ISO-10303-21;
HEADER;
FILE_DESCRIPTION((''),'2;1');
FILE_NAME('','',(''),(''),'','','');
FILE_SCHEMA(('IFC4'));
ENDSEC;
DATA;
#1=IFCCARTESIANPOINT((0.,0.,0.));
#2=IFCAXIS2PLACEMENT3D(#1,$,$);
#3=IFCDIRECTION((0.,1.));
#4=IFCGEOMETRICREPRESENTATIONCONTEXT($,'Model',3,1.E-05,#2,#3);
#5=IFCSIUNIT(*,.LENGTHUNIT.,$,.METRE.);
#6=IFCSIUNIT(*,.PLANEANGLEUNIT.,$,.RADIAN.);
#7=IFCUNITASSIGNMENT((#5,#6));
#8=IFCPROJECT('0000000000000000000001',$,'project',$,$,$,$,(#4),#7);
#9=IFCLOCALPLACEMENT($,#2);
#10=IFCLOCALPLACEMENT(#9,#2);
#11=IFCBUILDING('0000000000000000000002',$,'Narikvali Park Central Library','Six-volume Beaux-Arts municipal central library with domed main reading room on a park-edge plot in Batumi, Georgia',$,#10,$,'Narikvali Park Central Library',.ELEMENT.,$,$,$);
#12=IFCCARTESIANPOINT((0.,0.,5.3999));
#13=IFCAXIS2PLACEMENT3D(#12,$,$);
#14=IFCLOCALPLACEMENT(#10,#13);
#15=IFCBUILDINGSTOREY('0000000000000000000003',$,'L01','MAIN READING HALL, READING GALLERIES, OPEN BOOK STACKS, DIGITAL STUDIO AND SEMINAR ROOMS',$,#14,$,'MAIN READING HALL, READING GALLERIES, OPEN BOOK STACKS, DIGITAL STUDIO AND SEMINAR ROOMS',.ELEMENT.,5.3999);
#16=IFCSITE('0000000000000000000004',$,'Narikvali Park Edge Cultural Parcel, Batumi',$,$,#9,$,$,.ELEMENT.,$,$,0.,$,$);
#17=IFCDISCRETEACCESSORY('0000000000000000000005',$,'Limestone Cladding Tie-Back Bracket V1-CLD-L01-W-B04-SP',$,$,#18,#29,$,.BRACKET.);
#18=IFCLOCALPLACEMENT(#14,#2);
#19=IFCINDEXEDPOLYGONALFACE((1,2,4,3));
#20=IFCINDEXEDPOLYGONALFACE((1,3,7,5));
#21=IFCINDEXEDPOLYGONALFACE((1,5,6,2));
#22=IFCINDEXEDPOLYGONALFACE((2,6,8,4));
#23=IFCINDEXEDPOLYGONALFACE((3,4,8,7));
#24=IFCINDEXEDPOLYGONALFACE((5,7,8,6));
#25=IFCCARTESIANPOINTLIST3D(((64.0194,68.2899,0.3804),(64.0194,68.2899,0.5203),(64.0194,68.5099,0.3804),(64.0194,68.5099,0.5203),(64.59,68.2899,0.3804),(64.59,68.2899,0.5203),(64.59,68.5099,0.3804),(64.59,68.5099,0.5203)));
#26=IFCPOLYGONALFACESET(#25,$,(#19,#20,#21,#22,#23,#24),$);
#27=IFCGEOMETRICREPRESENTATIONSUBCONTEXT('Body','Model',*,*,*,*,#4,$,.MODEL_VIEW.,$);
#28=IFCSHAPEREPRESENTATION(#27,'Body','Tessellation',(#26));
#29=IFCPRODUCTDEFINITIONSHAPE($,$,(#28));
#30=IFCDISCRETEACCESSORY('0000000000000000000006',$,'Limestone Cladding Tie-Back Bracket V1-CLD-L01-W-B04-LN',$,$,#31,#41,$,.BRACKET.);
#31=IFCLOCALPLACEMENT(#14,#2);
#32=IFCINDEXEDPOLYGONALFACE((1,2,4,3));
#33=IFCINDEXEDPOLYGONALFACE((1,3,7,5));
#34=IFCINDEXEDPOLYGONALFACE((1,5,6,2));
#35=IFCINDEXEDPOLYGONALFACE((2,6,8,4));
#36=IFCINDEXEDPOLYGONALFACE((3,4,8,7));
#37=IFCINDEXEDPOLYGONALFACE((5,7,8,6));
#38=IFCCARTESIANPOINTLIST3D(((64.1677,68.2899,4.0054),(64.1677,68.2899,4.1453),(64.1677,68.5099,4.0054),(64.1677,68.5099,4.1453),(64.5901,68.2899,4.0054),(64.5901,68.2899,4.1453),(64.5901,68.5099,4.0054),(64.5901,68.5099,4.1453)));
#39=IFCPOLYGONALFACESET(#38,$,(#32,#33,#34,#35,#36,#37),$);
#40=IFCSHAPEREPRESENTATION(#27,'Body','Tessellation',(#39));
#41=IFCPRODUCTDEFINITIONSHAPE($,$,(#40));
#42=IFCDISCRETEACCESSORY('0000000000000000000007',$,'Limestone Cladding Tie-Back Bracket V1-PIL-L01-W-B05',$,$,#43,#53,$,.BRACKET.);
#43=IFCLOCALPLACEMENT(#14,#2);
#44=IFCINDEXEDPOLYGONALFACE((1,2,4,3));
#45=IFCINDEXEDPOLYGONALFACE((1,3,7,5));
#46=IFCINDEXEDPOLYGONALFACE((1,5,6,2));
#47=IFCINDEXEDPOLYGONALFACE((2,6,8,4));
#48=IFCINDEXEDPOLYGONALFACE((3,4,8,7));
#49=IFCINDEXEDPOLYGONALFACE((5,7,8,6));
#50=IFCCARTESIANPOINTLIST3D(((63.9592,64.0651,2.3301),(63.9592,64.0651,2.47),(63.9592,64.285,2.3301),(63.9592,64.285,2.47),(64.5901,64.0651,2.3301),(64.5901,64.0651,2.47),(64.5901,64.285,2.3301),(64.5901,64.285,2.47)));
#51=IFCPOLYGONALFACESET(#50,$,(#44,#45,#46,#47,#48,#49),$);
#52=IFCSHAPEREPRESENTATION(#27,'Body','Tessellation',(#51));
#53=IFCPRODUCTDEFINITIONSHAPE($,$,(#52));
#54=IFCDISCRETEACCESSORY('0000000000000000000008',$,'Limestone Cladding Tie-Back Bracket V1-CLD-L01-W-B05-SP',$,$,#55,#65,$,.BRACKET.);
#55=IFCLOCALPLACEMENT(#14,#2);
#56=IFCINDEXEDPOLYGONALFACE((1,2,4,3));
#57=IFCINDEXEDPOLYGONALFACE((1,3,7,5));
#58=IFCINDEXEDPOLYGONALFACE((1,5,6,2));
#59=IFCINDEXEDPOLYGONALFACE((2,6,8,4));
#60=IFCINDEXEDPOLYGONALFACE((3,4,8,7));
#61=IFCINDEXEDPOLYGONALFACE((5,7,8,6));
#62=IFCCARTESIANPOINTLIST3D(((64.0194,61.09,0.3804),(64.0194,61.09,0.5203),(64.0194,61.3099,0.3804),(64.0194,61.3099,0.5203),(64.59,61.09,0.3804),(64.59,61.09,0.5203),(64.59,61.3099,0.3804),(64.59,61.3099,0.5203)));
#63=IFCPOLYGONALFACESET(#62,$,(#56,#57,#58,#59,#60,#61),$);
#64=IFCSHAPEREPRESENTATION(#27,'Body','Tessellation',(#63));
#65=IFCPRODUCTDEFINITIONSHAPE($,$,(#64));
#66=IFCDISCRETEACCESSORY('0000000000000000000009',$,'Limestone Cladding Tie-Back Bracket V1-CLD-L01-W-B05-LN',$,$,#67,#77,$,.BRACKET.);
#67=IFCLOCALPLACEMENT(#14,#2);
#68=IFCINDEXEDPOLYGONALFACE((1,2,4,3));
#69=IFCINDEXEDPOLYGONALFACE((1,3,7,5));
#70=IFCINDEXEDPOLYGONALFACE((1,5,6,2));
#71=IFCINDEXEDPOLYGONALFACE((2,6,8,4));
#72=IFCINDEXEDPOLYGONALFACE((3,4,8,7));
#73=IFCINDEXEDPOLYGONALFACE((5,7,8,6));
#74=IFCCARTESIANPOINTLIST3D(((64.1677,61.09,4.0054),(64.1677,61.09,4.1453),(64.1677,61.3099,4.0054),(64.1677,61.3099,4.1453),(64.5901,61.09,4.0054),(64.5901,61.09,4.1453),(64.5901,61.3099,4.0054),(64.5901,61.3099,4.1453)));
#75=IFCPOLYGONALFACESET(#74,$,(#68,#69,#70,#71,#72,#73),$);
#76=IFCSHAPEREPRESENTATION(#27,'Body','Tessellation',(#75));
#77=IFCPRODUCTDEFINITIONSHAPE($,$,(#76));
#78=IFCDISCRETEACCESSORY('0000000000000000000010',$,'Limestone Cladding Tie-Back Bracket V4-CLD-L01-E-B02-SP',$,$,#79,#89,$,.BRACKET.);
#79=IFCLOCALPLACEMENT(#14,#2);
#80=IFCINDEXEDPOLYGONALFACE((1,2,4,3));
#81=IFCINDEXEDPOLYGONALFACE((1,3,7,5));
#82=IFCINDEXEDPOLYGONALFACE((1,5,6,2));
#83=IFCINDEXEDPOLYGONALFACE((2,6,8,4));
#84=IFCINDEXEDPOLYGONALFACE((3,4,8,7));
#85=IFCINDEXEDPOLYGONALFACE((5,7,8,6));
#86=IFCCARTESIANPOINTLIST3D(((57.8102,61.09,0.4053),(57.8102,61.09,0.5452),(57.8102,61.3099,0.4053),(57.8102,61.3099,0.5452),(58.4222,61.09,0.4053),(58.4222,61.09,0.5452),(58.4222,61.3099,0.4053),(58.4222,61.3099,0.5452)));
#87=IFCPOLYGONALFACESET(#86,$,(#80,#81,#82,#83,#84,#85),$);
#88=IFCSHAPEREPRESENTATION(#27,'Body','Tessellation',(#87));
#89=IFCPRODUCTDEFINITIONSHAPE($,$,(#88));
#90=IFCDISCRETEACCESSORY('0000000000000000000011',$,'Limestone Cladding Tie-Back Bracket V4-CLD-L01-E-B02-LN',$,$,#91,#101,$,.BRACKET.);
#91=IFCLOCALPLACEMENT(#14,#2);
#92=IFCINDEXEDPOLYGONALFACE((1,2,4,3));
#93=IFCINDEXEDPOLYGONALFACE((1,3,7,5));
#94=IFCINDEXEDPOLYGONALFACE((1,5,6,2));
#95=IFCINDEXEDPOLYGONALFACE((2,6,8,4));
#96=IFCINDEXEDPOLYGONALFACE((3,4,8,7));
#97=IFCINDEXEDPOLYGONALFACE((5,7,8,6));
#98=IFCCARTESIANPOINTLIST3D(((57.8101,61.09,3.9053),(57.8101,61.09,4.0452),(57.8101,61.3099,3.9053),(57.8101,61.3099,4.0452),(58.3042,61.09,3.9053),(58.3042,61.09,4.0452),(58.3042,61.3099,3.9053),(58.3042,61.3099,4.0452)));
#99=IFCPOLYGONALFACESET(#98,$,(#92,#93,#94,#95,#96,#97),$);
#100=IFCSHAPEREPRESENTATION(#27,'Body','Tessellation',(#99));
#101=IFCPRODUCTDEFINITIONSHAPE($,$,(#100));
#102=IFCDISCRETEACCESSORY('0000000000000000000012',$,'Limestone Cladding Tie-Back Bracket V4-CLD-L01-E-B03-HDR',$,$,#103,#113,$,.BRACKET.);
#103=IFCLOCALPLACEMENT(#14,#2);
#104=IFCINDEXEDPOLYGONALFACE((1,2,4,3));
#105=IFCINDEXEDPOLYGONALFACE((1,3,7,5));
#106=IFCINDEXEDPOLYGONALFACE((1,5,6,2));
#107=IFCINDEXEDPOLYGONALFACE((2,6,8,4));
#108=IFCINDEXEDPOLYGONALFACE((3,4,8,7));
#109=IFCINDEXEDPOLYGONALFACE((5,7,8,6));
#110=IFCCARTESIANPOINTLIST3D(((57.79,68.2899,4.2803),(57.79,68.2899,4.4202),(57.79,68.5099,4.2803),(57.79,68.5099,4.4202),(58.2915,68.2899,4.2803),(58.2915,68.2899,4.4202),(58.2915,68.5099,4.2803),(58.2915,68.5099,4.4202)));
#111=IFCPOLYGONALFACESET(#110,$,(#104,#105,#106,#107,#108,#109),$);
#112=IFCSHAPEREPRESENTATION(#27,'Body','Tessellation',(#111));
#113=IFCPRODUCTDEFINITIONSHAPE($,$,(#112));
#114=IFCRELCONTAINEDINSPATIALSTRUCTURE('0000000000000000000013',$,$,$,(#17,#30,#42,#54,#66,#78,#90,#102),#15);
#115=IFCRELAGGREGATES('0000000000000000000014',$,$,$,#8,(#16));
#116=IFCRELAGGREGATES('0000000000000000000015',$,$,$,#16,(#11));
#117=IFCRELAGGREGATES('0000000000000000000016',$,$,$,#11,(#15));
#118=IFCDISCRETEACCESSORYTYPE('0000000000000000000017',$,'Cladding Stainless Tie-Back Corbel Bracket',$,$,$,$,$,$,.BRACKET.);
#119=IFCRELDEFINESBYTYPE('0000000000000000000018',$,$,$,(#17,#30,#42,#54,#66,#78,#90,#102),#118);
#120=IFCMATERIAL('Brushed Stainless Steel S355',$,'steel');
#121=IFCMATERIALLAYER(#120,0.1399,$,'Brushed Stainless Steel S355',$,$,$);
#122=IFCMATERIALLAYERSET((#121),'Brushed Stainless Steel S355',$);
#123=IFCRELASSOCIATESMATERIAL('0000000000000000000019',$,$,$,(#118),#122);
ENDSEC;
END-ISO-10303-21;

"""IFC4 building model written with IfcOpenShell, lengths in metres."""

from ifc_helpers import new_model, si_unit, direction, frame, origin, origin_2d, place, context, subcontext, project, spatial, rectangle, extrude, material, layer, layer_set, type_object, element, save


model = new_model("IFC4")

# Units and contexts
model_context = context("Model", 3, precision=1e-05, world=origin(), true_north=direction((0.0, 1.0)))
body_context = subcontext(model_context, "Body", "Model", "MODEL_VIEW")
ifc_project = project(units=[si_unit("LENGTHUNIT", "METRE"), si_unit("PLANEANGLEUNIT", "RADIAN")], contexts=[model_context])

# Site, building, storey
site_placement = place(None, origin())
site = spatial("IfcSite", under=ifc_project, at=site_placement, Name="Narikvali Park Edge Cultural Parcel, Batumi", CompositionType="ELEMENT", RefElevation=0.0)
building_placement = place(site_placement, origin())
building = spatial("IfcBuilding", under=site, at=building_placement, Name="Narikvali Park Central Library", Description="Six-volume Beaux-Arts municipal central library with domed main reading room on a park-edge plot in Batumi, Georgia", LongName="Narikvali Park Central Library", CompositionType="ELEMENT")
storey_placement = place(building_placement, frame((0.0, 0.0, 5.3999)))
storey = spatial("IfcBuildingStorey", under=building, at=storey_placement, Name="L01", Description="MAIN READING HALL, READING GALLERIES, OPEN BOOK STACKS, DIGITAL STUDIO AND SEMINAR ROOMS", LongName="MAIN READING HALL, READING GALLERIES, OPEN BOOK STACKS, DIGITAL STUDIO AND SEMINAR ROOMS", CompositionType="ELEMENT", Elevation=5.3999)

# Discrete accessories
ifc_material_1 = material(Name="Brushed Stainless Steel S355", Category="steel")
ifc_layer_1 = layer(ifc_material_1, 0.1399, Name="Brushed Stainless Steel S355")
ifc_layer_set_1 = layer_set([ifc_layer_1], Name="Brushed Stainless Steel S355")
discrete_accessory_type = type_object("IfcDiscreteAccessoryType", Name="Cladding Stainless Tie-Back Corbel Bracket", PredefinedType="BRACKET", material=ifc_layer_set_1)
discrete_accessory_1_placement = place(storey_placement, frame((64.3047, 68.3999, 0.3804), z_axis=(0.0, 0.0, 1.0), x_axis=(1.0, 0.0, 0.0)))
element("IfcDiscreteAccessory", 1, at=discrete_accessory_1_placement, inside=storey, type_object=discrete_accessory_type, Name="Limestone Cladding Tie-Back Bracket V1-CLD-L01-W-B04-SP", PredefinedType="BRACKET", context=body_context, shape_type="SweptSolid", body=[
    extrude(rectangle(XDim=0.5706, YDim=0.22, at=origin_2d()), origin(), (0.0, 0.0, 1.0), 0.1399),
])
discrete_accessory_2_placement = place(storey_placement, frame((64.3789, 68.3999, 4.0054), z_axis=(0.0, 0.0, 1.0), x_axis=(1.0, 0.0, 0.0)))
element("IfcDiscreteAccessory", 2, at=discrete_accessory_2_placement, inside=storey, type_object=discrete_accessory_type, Name="Limestone Cladding Tie-Back Bracket V1-CLD-L01-W-B04-LN", PredefinedType="BRACKET", context=body_context, shape_type="SweptSolid", body=[
    extrude(rectangle(XDim=0.4224, YDim=0.22, at=origin_2d()), origin(), (0.0, 0.0, 1.0), 0.1399),
])
discrete_accessory_3_placement = place(storey_placement, frame((64.2747, 64.175, 2.3301), z_axis=(0.0, 0.0, 1.0), x_axis=(1.0, 0.0, 0.0)))
element("IfcDiscreteAccessory", 3, at=discrete_accessory_3_placement, inside=storey, type_object=discrete_accessory_type, Name="Limestone Cladding Tie-Back Bracket V1-PIL-L01-W-B05", PredefinedType="BRACKET", context=body_context, shape_type="SweptSolid", body=[
    extrude(rectangle(XDim=0.6309, YDim=0.22, at=origin_2d()), origin(), (0.0, 0.0, 1.0), 0.1399),
])
discrete_accessory_4_placement = place(storey_placement, frame((64.3047, 61.2, 0.3804), z_axis=(0.0, 0.0, 1.0), x_axis=(1.0, 0.0, 0.0)))
element("IfcDiscreteAccessory", 4, at=discrete_accessory_4_placement, inside=storey, type_object=discrete_accessory_type, Name="Limestone Cladding Tie-Back Bracket V1-CLD-L01-W-B05-SP", PredefinedType="BRACKET", context=body_context, shape_type="SweptSolid", body=[
    extrude(rectangle(XDim=0.5706, YDim=0.22, at=origin_2d()), origin(), (0.0, 0.0, 1.0), 0.1399),
])
discrete_accessory_5_placement = place(storey_placement, frame((64.3789, 61.2, 4.0054), z_axis=(0.0, 0.0, 1.0), x_axis=(1.0, 0.0, 0.0)))
element("IfcDiscreteAccessory", 5, at=discrete_accessory_5_placement, inside=storey, type_object=discrete_accessory_type, Name="Limestone Cladding Tie-Back Bracket V1-CLD-L01-W-B05-LN", PredefinedType="BRACKET", context=body_context, shape_type="SweptSolid", body=[
    extrude(rectangle(XDim=0.4224, YDim=0.22, at=origin_2d()), origin(), (0.0, 0.0, 1.0), 0.1399),
])
discrete_accessory_6_placement = place(storey_placement, frame((58.1162, 61.2, 0.4053), z_axis=(0.0, 0.0, 1.0), x_axis=(1.0, 0.0, 0.0)))
element("IfcDiscreteAccessory", 6, at=discrete_accessory_6_placement, inside=storey, type_object=discrete_accessory_type, Name="Limestone Cladding Tie-Back Bracket V4-CLD-L01-E-B02-SP", PredefinedType="BRACKET", context=body_context, shape_type="SweptSolid", body=[
    extrude(rectangle(XDim=0.6121, YDim=0.22, at=origin_2d()), origin(), (0.0, 0.0, 1.0), 0.1399),
])
discrete_accessory_7_placement = place(storey_placement, frame((58.0571, 61.2, 3.9053), z_axis=(0.0, 0.0, 1.0), x_axis=(1.0, 0.0, 0.0)))
element("IfcDiscreteAccessory", 7, at=discrete_accessory_7_placement, inside=storey, type_object=discrete_accessory_type, Name="Limestone Cladding Tie-Back Bracket V4-CLD-L01-E-B02-LN", PredefinedType="BRACKET", context=body_context, shape_type="SweptSolid", body=[
    extrude(rectangle(XDim=0.4941, YDim=0.22, at=origin_2d()), origin(), (0.0, 0.0, 1.0), 0.1399),
])
discrete_accessory_8_placement = place(storey_placement, frame((58.0408, 68.3999, 4.2803), z_axis=(0.0, 0.0, 1.0), x_axis=(1.0, 0.0, 0.0)))
element("IfcDiscreteAccessory", 8, at=discrete_accessory_8_placement, inside=storey, type_object=discrete_accessory_type, Name="Limestone Cladding Tie-Back Bracket V4-CLD-L01-E-B03-HDR", PredefinedType="BRACKET", context=body_context, shape_type="SweptSolid", body=[
    extrude(rectangle(XDim=0.5015, YDim=0.22, at=origin_2d()), origin(), (0.0, 0.0, 1.0), 0.1399),
])

save(model, "model.ifc")
